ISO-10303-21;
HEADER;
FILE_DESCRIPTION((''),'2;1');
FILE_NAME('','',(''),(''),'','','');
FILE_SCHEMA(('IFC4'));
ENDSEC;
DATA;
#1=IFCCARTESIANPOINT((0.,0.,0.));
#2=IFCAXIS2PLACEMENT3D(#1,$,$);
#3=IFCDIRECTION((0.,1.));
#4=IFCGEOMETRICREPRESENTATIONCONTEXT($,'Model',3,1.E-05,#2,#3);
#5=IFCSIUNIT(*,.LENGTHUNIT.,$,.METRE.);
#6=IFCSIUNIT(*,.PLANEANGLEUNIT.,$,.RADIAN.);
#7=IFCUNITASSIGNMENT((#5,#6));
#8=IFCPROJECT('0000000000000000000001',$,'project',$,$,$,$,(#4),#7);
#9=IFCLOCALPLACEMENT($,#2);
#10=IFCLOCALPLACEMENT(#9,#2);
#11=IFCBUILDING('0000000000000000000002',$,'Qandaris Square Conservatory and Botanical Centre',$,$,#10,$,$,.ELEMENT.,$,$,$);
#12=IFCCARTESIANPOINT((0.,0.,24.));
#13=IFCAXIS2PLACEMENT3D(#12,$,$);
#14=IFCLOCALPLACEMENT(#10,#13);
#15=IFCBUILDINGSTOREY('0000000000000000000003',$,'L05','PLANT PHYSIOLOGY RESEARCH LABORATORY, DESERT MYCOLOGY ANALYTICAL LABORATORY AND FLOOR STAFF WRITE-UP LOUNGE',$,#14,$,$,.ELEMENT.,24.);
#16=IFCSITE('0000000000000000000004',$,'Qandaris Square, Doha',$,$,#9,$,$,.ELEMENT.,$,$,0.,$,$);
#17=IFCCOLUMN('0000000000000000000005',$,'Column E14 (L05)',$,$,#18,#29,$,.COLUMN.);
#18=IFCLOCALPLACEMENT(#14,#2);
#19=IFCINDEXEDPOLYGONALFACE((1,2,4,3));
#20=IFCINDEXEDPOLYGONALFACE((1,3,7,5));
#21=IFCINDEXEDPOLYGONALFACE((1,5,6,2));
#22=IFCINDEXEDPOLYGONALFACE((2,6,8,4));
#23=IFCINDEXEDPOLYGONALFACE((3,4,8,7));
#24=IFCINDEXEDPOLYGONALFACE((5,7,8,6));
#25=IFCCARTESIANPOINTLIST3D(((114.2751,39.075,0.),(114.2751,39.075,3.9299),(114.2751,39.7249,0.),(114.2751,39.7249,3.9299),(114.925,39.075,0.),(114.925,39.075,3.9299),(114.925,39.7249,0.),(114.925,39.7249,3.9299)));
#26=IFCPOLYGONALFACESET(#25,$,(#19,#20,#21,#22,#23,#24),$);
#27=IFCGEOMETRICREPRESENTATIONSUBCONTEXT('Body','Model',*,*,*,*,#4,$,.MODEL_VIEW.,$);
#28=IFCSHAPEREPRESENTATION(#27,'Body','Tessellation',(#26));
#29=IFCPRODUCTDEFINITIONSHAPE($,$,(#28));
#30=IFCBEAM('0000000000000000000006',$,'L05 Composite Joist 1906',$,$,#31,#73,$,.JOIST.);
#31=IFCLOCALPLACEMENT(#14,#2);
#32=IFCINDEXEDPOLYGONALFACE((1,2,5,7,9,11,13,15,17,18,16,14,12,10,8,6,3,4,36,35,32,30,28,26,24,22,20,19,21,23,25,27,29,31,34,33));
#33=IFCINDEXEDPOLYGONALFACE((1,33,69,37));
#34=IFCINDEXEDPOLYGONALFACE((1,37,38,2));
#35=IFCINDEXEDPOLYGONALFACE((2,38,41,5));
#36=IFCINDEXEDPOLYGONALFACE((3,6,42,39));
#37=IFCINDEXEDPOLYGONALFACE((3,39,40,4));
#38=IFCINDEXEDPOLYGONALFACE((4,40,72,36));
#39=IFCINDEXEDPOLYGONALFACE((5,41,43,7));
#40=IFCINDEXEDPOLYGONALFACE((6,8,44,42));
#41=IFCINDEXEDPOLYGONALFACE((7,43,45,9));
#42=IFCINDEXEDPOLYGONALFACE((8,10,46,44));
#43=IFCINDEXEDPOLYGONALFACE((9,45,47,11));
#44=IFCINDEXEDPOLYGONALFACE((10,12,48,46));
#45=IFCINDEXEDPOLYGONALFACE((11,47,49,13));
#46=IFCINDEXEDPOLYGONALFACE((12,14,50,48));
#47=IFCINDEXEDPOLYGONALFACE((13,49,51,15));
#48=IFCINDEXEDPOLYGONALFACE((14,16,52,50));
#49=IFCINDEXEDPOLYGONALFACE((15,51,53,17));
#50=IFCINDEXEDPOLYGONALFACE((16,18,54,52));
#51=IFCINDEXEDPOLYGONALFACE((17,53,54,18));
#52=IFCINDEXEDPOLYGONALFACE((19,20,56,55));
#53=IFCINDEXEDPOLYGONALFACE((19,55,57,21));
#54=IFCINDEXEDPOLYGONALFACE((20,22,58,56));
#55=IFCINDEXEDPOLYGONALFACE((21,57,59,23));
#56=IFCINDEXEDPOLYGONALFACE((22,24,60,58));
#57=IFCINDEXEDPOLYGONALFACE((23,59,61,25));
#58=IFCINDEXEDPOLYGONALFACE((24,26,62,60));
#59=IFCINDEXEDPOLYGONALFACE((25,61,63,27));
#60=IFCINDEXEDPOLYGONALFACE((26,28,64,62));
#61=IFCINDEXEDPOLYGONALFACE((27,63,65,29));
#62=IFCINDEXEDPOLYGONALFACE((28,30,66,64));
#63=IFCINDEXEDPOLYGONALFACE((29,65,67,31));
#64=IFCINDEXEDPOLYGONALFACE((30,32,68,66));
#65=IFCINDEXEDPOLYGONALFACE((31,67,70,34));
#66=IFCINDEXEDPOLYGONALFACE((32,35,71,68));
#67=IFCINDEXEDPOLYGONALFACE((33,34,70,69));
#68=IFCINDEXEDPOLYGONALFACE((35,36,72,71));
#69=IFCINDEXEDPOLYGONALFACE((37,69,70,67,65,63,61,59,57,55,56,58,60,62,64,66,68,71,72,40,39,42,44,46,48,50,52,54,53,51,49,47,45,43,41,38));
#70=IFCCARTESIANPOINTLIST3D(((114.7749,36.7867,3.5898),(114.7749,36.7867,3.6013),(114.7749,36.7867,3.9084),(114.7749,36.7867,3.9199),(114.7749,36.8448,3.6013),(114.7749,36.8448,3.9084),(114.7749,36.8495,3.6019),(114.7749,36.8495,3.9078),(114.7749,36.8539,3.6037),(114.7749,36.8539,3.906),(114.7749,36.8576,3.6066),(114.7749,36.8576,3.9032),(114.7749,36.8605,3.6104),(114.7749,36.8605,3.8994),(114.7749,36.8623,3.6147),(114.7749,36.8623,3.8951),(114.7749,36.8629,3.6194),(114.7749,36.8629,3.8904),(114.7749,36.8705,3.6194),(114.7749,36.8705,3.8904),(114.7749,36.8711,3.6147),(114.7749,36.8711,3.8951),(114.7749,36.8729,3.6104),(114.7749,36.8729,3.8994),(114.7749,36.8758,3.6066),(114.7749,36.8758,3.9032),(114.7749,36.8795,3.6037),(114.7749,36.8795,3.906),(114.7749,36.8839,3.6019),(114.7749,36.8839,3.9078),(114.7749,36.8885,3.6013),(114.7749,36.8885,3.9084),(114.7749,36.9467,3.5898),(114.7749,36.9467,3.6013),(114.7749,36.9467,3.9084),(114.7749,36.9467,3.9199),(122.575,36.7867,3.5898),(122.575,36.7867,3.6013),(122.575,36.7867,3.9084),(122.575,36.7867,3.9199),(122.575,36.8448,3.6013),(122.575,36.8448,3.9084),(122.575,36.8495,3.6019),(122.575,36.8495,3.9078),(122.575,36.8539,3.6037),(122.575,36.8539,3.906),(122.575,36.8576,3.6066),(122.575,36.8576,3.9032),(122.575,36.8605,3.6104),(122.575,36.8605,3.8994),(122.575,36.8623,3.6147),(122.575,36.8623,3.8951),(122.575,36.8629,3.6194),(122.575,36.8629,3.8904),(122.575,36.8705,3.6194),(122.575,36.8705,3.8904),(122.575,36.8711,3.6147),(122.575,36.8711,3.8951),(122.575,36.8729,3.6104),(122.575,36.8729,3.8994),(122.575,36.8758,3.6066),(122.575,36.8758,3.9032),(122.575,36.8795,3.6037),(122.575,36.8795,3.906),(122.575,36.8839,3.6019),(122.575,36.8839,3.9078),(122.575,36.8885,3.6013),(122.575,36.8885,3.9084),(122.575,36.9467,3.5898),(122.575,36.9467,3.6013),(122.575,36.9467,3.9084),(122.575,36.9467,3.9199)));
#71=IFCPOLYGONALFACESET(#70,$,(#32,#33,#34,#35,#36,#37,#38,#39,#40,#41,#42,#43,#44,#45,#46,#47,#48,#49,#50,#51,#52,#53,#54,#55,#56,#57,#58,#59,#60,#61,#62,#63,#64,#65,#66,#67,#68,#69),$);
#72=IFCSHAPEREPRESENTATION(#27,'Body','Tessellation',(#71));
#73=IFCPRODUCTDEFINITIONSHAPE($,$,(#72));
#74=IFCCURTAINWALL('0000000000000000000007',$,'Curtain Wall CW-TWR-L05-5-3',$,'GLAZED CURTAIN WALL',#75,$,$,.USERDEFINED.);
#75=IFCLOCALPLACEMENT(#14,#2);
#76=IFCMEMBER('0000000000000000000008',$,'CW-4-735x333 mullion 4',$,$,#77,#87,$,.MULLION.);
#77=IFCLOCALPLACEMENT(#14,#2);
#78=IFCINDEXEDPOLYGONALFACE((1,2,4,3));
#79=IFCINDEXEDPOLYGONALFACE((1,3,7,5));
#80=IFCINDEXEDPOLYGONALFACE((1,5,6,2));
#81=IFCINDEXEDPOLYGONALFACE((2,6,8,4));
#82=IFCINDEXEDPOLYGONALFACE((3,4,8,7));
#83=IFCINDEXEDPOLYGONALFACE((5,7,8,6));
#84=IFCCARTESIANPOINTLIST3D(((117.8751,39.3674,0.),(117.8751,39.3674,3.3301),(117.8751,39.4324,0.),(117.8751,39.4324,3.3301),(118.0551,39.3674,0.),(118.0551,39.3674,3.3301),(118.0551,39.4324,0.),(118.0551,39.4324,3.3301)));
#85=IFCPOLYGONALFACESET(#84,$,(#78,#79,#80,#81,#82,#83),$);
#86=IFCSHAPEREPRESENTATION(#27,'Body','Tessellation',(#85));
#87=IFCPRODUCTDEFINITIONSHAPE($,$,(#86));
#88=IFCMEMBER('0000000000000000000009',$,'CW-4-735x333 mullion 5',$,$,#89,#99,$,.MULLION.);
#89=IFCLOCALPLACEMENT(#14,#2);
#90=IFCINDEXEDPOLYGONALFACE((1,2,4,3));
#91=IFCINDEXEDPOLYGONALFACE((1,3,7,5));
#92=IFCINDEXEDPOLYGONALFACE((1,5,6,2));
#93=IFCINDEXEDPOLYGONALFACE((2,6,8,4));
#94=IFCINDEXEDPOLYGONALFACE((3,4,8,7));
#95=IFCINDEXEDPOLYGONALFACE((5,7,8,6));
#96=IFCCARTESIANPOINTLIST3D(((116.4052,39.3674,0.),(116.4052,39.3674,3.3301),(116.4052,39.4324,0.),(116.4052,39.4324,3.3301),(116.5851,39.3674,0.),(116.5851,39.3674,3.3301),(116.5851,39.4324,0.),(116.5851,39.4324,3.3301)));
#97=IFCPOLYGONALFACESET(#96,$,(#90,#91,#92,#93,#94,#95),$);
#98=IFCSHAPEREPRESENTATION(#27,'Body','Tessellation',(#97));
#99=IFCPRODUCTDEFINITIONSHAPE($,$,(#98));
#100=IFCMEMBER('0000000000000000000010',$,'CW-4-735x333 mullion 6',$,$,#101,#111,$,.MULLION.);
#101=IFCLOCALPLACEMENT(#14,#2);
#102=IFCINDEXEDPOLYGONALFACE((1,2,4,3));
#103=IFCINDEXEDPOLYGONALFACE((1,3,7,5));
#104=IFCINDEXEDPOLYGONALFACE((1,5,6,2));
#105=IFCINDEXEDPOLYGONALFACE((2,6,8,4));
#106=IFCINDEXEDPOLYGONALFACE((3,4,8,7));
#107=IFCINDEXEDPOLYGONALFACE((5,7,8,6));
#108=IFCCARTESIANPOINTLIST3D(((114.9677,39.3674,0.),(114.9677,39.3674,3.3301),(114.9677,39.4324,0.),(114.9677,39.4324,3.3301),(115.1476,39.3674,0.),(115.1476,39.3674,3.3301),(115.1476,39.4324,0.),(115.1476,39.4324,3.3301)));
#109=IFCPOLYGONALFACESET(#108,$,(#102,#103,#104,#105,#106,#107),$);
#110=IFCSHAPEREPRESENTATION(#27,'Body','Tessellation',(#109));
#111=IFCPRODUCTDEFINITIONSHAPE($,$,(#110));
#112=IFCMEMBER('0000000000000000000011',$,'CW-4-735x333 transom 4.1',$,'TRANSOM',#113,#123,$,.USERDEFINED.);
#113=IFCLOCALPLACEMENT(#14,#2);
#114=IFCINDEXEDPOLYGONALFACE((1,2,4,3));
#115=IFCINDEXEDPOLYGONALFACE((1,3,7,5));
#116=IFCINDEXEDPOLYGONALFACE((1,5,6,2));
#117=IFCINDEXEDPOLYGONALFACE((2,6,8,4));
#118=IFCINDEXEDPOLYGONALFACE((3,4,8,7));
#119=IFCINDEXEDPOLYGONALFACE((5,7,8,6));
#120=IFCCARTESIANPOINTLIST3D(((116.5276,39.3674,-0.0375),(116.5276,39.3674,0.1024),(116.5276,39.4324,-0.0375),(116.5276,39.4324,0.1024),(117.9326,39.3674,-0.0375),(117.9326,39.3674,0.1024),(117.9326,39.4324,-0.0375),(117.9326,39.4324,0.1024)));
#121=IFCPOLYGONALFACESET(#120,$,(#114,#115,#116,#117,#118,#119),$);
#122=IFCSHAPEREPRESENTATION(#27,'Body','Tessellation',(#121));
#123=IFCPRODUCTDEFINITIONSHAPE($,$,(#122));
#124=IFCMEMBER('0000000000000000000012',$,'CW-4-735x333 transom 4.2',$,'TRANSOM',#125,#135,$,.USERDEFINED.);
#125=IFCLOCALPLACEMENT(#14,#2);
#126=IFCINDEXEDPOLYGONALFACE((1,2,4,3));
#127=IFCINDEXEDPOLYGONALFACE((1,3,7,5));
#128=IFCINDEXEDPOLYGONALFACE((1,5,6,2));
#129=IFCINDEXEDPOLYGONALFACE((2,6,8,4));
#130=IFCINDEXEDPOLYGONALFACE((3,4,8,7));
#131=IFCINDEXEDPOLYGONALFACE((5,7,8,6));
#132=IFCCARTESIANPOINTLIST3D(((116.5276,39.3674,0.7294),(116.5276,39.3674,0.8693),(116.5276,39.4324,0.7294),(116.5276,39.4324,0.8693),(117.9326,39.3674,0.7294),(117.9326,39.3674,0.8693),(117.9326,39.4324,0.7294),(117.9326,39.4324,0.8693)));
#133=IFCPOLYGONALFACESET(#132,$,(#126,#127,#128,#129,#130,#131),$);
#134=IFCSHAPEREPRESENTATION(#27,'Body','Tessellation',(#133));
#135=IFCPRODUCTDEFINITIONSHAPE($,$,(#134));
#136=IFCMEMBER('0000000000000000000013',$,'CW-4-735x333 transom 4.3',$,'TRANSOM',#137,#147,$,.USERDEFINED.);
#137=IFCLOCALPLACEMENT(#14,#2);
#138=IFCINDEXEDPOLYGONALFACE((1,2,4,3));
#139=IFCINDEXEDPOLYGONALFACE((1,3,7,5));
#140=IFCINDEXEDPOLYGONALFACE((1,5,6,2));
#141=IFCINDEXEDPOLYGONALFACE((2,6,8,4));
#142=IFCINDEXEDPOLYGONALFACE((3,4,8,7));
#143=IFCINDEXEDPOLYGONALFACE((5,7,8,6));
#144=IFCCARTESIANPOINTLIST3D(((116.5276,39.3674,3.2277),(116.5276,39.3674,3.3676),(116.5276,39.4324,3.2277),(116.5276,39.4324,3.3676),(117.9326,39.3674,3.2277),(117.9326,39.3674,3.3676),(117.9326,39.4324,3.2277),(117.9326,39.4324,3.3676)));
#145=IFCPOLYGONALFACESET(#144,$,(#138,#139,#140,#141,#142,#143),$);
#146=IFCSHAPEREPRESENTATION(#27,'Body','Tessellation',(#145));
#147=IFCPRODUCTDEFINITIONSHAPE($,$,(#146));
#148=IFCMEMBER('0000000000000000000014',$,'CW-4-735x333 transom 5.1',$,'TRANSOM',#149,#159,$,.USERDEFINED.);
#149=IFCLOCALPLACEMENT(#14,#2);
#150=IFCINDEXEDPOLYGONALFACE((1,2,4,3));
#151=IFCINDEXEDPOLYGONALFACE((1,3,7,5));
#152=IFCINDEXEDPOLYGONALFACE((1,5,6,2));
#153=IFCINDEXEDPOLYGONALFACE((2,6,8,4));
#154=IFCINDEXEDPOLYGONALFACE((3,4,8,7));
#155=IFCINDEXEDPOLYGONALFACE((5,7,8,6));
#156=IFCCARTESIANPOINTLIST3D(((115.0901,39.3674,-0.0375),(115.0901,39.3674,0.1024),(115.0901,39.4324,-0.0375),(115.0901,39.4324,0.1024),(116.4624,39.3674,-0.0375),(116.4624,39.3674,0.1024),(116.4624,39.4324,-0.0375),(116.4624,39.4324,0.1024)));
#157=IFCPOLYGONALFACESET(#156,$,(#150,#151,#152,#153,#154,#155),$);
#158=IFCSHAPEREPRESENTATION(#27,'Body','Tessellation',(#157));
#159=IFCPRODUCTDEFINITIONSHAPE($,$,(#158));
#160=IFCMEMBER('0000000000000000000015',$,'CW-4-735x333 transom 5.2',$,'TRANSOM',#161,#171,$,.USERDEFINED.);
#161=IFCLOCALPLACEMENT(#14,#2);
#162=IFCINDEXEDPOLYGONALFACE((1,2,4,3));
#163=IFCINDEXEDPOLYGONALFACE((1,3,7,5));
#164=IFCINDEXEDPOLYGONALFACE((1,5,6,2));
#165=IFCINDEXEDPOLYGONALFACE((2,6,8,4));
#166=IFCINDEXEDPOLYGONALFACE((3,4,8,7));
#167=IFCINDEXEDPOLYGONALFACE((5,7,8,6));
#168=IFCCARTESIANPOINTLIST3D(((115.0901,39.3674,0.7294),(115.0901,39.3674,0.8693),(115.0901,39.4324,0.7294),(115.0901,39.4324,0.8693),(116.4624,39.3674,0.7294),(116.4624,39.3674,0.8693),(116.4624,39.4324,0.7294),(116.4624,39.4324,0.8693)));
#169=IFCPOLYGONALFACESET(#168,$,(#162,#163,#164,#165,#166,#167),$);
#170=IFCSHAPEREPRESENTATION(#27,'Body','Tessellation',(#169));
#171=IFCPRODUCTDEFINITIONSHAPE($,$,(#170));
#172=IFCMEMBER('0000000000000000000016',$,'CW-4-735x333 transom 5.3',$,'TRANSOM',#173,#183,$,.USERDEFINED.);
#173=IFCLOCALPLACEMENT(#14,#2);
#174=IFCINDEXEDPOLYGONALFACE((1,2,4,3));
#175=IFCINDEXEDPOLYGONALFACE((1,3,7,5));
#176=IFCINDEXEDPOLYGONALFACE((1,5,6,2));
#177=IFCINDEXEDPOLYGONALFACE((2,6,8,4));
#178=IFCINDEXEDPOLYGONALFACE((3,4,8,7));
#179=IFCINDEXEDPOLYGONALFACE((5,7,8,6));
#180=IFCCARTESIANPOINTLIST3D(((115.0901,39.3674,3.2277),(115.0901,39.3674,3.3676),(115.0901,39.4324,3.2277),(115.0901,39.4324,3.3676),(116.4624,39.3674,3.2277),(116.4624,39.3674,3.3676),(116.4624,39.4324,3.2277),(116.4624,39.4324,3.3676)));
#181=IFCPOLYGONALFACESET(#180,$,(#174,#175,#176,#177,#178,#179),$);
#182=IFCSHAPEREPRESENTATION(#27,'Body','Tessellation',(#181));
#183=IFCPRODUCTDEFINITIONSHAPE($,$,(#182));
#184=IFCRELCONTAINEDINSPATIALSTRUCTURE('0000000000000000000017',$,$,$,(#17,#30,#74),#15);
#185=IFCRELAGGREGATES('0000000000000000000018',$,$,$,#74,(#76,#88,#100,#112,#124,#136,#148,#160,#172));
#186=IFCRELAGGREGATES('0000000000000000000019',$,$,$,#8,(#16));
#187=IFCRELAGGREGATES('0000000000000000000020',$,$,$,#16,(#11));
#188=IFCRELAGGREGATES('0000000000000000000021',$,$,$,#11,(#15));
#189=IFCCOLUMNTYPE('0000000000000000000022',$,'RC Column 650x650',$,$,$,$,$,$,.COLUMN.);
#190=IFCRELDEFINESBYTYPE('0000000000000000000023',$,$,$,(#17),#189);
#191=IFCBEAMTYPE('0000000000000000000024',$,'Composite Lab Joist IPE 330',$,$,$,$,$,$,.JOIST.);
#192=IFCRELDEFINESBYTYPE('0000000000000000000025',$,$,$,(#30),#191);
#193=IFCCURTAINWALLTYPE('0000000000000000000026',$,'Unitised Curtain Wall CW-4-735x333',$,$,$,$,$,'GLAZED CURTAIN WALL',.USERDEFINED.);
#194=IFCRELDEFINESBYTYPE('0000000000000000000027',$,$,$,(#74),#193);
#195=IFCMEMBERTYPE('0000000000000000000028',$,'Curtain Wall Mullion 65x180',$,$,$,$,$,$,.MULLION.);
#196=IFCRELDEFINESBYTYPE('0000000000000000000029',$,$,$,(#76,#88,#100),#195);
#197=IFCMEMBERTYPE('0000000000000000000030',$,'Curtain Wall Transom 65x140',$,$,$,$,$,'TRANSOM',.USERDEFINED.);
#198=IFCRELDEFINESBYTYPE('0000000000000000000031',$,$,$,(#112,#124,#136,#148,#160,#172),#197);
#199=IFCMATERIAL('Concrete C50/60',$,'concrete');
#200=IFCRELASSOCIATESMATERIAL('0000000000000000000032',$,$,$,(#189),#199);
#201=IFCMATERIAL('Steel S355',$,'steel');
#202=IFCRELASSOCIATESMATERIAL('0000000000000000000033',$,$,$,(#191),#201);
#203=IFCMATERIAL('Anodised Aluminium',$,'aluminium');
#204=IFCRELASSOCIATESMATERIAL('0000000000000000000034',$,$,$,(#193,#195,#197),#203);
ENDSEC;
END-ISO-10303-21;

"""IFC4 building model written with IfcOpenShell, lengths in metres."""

from ifc_helpers import new_model, si_unit, direction, frame, origin, origin_2d, place, context, subcontext, project, spatial, rectangle, i_section, extrude, material, material_profile, profile_set, type_object, element, aggregate, save


model = new_model("IFC4")

# Units and contexts
model_context = context("Model", 3, precision=1e-05, world=origin(), true_north=direction((0.0, 1.0)))
body_context = subcontext(model_context, "Body", "Model", "MODEL_VIEW")
ifc_project = project(units=[si_unit("LENGTHUNIT", "METRE"), si_unit("PLANEANGLEUNIT", "RADIAN")], contexts=[model_context])

# Site, building, storey
site_placement = place(None, origin())
site = spatial("IfcSite", under=ifc_project, at=site_placement, Name="Qandaris Square, Doha", CompositionType="ELEMENT", RefElevation=0.0)
building_placement = place(site_placement, origin())
building = spatial("IfcBuilding", under=site, at=building_placement, Name="Qandaris Square Conservatory and Botanical Centre", CompositionType="ELEMENT")
storey_placement = place(building_placement, frame((0.0, 0.0, 24.0)))
storey = spatial("IfcBuildingStorey", under=building, at=storey_placement, Name="L05", Description="PLANT PHYSIOLOGY RESEARCH LABORATORY, DESERT MYCOLOGY ANALYTICAL LABORATORY AND FLOOR STAFF WRITE-UP LOUNGE", CompositionType="ELEMENT", Elevation=24.0)

# Column
ifc_material_1 = material(Name="Concrete C50/60", Category="concrete")
ifc_material_profile_1 = material_profile(ifc_material_1, rectangle(XDim=0.6499, YDim=0.6499, at=origin_2d()), Name="RC-COL 650x650")
ifc_profile_set_1 = profile_set([ifc_material_profile_1], Name="Concrete C50/60")
column_type = type_object("IfcColumnType", Name="RC Column 650x650", PredefinedType="COLUMN", material=ifc_profile_set_1)
column_placement = place(storey_placement, frame((114.6001, 39.3999, 0.0), z_axis=(0.0, 0.0, 1.0), x_axis=(1.0, 0.0, 0.0)))
element("IfcColumn", 1, at=column_placement, inside=storey, type_object=column_type, Name="Column E14 (L05)", PredefinedType="COLUMN", context=body_context, shape_type="SweptSolid", body=[
    extrude(rectangle(XDim=0.6499, YDim=0.6499, at=origin_2d()), origin(), (0.0, 0.0, 1.0), 3.9299),
])

# Beam
ifc_material_2 = material(Name="Steel S355", Category="steel")
ifc_material_profile_2 = material_profile(ifc_material_2, i_section(OverallWidth=0.1599, OverallDepth=0.3301, WebThickness=0.0076, FlangeThickness=0.0115, FilletRadius=0.0181, at=origin_2d()), Name="IPE 330")
ifc_profile_set_2 = profile_set([ifc_material_profile_2], Name="Steel S355")
beam_type_1 = type_object("IfcBeamType", Name="Composite Lab Joist IPE 330", PredefinedType="JOIST", material=ifc_profile_set_2)
beam_1_placement = place(storey_placement, frame((114.7749, 36.8667, 3.7549), z_axis=(1.0, 0.0, 0.0), x_axis=(0.0, 1.0, 0.0)))
element("IfcBeam", 2, at=beam_1_placement, inside=storey, type_object=beam_type_1, Name="L05 Composite Joist 1906", PredefinedType="JOIST", context=body_context, shape_type="SweptSolid", body=[
    extrude(i_section(OverallWidth=0.1599, OverallDepth=0.3301, WebThickness=0.0076, FlangeThickness=0.0115, FilletRadius=0.0181, at=origin_2d()), origin(), (0.0, 0.0, 1.0), 7.8),
])

# Curtain wall, members
ifc_material_3 = material(Name="Anodised Aluminium", Category="aluminium")
curtain_wall_type = type_object("IfcCurtainWallType", Name="Unitised Curtain Wall CW-4-735x333", ElementType="GLAZED CURTAIN WALL", PredefinedType="USERDEFINED", material=ifc_material_3)
curtain_wall_placement = place(storey_placement, origin())
curtain_wall = element("IfcCurtainWall", 3, at=curtain_wall_placement, inside=storey, type_object=curtain_wall_type, Name="Curtain Wall CW-TWR-L05-5-3", ObjectType="GLAZED CURTAIN WALL", PredefinedType="USERDEFINED")
ifc_material_profile_3 = material_profile(ifc_material_3, rectangle(XDim=0.0649, YDim=0.1799, at=origin_2d()), Name="ALU-MUL 65x180")
ifc_profile_set_3 = profile_set([ifc_material_profile_3], Name="Anodised Aluminium")
member_type_1 = type_object("IfcMemberType", Name="Curtain Wall Mullion 65x180", PredefinedType="MULLION", material=ifc_profile_set_3)
member_1_placement = place(storey_placement, frame((117.9651, 39.3999, 0.0), z_axis=(0.0, 0.0, 1.0), x_axis=(0.0, -1.0, 0.0)))
member_1 = element("IfcMember", 4, at=member_1_placement, type_object=member_type_1, Name="CW-4-735x333 mullion 4", PredefinedType="MULLION", context=body_context, shape_type="SweptSolid", body=[
    extrude(rectangle(XDim=0.0649, YDim=0.1799, at=origin_2d()), origin(), (0.0, 0.0, 1.0), 3.3301),
])
member_2_placement = place(storey_placement, frame((116.4951, 39.3999, 0.0), z_axis=(0.0, 0.0, 1.0), x_axis=(0.0, -1.0, 0.0)))
member_2 = element("IfcMember", 5, at=member_2_placement, type_object=member_type_1, Name="CW-4-735x333 mullion 5", PredefinedType="MULLION", context=body_context, shape_type="SweptSolid", body=[
    extrude(rectangle(XDim=0.0649, YDim=0.1799, at=origin_2d()), origin(), (0.0, 0.0, 1.0), 3.3301),
])
member_3_placement = place(storey_placement, frame((115.0576, 39.3999, 0.0), z_axis=(0.0, 0.0, 1.0), x_axis=(0.0, -1.0, 0.0)))
member_3 = element("IfcMember", 6, at=member_3_placement, type_object=member_type_1, Name="CW-4-735x333 mullion 6", PredefinedType="MULLION", context=body_context, shape_type="SweptSolid", body=[
    extrude(rectangle(XDim=0.0649, YDim=0.1799, at=origin_2d()), origin(), (0.0, 0.0, 1.0), 3.3301),
])
ifc_material_profile_4 = material_profile(ifc_material_3, rectangle(XDim=0.0649, YDim=0.1399, at=origin_2d()), Name="ALU-TRN 65x140")
ifc_profile_set_4 = profile_set([ifc_material_profile_4], Name="Anodised Aluminium")
member_type_2 = type_object("IfcMemberType", Name="Curtain Wall Transom 65x140", ElementType="TRANSOM", PredefinedType="USERDEFINED", material=ifc_profile_set_4)
member_4_placement = place(storey_placement, frame((117.9326, 39.3999, 0.0325), z_axis=(-1.0, 0.0, 0.0), x_axis=(0.0, -1.0, 0.0)))
member_4 = element("IfcMember", 7, at=member_4_placement, type_object=member_type_2, Name="CW-4-735x333 transom 4.1", ObjectType="TRANSOM", PredefinedType="USERDEFINED", context=body_context, shape_type="SweptSolid", body=[
    extrude(rectangle(XDim=0.0649, YDim=0.1399, at=origin_2d()), origin(), (0.0, 0.0, 1.0), 1.405),
])
member_5_placement = place(storey_placement, frame((117.9326, 39.3999, 0.7993), z_axis=(-1.0, 0.0, 0.0), x_axis=(0.0, -1.0, 0.0)))
member_5 = element("IfcMember", 8, at=member_5_placement, type_object=member_type_2, Name="CW-4-735x333 transom 4.2", ObjectType="TRANSOM", PredefinedType="USERDEFINED", context=body_context, shape_type="SweptSolid", body=[
    extrude(rectangle(XDim=0.0649, YDim=0.1399, at=origin_2d()), origin(), (0.0, 0.0, 1.0), 1.405),
])
member_6_placement = place(storey_placement, frame((117.9326, 39.3999, 3.2976), z_axis=(-1.0, 0.0, 0.0), x_axis=(0.0, -1.0, 0.0)))
member_6 = element("IfcMember", 9, at=member_6_placement, type_object=member_type_2, Name="CW-4-735x333 transom 4.3", ObjectType="TRANSOM", PredefinedType="USERDEFINED", context=body_context, shape_type="SweptSolid", body=[
    extrude(rectangle(XDim=0.0649, YDim=0.1399, at=origin_2d()), origin(), (0.0, 0.0, 1.0), 1.405),
])
member_7_placement = place(storey_placement, frame((116.4624, 39.3999, 0.0325), z_axis=(-1.0, 0.0, 0.0), x_axis=(0.0, -1.0, 0.0)))
member_7 = element("IfcMember", 10, at=member_7_placement, type_object=member_type_2, Name="CW-4-735x333 transom 5.1", ObjectType="TRANSOM", PredefinedType="USERDEFINED", context=body_context, shape_type="SweptSolid", body=[
    extrude(rectangle(XDim=0.0649, YDim=0.1399, at=origin_2d()), origin(), (0.0, 0.0, 1.0), 1.3723),
])
member_8_placement = place(storey_placement, frame((116.4624, 39.3999, 0.7993), z_axis=(-1.0, 0.0, 0.0), x_axis=(0.0, -1.0, 0.0)))
member_8 = element("IfcMember", 11, at=member_8_placement, type_object=member_type_2, Name="CW-4-735x333 transom 5.2", ObjectType="TRANSOM", PredefinedType="USERDEFINED", context=body_context, shape_type="SweptSolid", body=[
    extrude(rectangle(XDim=0.0649, YDim=0.1399, at=origin_2d()), origin(), (0.0, 0.0, 1.0), 1.3723),
])
member_9_placement = place(storey_placement, frame((116.4624, 39.3999, 3.2976), z_axis=(-1.0, 0.0, 0.0), x_axis=(0.0, -1.0, 0.0)))
member_9 = element("IfcMember", 12, at=member_9_placement, type_object=member_type_2, Name="CW-4-735x333 transom 5.3", ObjectType="TRANSOM", PredefinedType="USERDEFINED", context=body_context, shape_type="SweptSolid", body=[
    extrude(rectangle(XDim=0.0649, YDim=0.1399, at=origin_2d()), origin(), (0.0, 0.0, 1.0), 1.3723),
])

aggregate(curtain_wall, [member_1, member_2, member_3, member_4, member_5, member_6, member_7, member_8, member_9])

save(model, "model.ifc")
